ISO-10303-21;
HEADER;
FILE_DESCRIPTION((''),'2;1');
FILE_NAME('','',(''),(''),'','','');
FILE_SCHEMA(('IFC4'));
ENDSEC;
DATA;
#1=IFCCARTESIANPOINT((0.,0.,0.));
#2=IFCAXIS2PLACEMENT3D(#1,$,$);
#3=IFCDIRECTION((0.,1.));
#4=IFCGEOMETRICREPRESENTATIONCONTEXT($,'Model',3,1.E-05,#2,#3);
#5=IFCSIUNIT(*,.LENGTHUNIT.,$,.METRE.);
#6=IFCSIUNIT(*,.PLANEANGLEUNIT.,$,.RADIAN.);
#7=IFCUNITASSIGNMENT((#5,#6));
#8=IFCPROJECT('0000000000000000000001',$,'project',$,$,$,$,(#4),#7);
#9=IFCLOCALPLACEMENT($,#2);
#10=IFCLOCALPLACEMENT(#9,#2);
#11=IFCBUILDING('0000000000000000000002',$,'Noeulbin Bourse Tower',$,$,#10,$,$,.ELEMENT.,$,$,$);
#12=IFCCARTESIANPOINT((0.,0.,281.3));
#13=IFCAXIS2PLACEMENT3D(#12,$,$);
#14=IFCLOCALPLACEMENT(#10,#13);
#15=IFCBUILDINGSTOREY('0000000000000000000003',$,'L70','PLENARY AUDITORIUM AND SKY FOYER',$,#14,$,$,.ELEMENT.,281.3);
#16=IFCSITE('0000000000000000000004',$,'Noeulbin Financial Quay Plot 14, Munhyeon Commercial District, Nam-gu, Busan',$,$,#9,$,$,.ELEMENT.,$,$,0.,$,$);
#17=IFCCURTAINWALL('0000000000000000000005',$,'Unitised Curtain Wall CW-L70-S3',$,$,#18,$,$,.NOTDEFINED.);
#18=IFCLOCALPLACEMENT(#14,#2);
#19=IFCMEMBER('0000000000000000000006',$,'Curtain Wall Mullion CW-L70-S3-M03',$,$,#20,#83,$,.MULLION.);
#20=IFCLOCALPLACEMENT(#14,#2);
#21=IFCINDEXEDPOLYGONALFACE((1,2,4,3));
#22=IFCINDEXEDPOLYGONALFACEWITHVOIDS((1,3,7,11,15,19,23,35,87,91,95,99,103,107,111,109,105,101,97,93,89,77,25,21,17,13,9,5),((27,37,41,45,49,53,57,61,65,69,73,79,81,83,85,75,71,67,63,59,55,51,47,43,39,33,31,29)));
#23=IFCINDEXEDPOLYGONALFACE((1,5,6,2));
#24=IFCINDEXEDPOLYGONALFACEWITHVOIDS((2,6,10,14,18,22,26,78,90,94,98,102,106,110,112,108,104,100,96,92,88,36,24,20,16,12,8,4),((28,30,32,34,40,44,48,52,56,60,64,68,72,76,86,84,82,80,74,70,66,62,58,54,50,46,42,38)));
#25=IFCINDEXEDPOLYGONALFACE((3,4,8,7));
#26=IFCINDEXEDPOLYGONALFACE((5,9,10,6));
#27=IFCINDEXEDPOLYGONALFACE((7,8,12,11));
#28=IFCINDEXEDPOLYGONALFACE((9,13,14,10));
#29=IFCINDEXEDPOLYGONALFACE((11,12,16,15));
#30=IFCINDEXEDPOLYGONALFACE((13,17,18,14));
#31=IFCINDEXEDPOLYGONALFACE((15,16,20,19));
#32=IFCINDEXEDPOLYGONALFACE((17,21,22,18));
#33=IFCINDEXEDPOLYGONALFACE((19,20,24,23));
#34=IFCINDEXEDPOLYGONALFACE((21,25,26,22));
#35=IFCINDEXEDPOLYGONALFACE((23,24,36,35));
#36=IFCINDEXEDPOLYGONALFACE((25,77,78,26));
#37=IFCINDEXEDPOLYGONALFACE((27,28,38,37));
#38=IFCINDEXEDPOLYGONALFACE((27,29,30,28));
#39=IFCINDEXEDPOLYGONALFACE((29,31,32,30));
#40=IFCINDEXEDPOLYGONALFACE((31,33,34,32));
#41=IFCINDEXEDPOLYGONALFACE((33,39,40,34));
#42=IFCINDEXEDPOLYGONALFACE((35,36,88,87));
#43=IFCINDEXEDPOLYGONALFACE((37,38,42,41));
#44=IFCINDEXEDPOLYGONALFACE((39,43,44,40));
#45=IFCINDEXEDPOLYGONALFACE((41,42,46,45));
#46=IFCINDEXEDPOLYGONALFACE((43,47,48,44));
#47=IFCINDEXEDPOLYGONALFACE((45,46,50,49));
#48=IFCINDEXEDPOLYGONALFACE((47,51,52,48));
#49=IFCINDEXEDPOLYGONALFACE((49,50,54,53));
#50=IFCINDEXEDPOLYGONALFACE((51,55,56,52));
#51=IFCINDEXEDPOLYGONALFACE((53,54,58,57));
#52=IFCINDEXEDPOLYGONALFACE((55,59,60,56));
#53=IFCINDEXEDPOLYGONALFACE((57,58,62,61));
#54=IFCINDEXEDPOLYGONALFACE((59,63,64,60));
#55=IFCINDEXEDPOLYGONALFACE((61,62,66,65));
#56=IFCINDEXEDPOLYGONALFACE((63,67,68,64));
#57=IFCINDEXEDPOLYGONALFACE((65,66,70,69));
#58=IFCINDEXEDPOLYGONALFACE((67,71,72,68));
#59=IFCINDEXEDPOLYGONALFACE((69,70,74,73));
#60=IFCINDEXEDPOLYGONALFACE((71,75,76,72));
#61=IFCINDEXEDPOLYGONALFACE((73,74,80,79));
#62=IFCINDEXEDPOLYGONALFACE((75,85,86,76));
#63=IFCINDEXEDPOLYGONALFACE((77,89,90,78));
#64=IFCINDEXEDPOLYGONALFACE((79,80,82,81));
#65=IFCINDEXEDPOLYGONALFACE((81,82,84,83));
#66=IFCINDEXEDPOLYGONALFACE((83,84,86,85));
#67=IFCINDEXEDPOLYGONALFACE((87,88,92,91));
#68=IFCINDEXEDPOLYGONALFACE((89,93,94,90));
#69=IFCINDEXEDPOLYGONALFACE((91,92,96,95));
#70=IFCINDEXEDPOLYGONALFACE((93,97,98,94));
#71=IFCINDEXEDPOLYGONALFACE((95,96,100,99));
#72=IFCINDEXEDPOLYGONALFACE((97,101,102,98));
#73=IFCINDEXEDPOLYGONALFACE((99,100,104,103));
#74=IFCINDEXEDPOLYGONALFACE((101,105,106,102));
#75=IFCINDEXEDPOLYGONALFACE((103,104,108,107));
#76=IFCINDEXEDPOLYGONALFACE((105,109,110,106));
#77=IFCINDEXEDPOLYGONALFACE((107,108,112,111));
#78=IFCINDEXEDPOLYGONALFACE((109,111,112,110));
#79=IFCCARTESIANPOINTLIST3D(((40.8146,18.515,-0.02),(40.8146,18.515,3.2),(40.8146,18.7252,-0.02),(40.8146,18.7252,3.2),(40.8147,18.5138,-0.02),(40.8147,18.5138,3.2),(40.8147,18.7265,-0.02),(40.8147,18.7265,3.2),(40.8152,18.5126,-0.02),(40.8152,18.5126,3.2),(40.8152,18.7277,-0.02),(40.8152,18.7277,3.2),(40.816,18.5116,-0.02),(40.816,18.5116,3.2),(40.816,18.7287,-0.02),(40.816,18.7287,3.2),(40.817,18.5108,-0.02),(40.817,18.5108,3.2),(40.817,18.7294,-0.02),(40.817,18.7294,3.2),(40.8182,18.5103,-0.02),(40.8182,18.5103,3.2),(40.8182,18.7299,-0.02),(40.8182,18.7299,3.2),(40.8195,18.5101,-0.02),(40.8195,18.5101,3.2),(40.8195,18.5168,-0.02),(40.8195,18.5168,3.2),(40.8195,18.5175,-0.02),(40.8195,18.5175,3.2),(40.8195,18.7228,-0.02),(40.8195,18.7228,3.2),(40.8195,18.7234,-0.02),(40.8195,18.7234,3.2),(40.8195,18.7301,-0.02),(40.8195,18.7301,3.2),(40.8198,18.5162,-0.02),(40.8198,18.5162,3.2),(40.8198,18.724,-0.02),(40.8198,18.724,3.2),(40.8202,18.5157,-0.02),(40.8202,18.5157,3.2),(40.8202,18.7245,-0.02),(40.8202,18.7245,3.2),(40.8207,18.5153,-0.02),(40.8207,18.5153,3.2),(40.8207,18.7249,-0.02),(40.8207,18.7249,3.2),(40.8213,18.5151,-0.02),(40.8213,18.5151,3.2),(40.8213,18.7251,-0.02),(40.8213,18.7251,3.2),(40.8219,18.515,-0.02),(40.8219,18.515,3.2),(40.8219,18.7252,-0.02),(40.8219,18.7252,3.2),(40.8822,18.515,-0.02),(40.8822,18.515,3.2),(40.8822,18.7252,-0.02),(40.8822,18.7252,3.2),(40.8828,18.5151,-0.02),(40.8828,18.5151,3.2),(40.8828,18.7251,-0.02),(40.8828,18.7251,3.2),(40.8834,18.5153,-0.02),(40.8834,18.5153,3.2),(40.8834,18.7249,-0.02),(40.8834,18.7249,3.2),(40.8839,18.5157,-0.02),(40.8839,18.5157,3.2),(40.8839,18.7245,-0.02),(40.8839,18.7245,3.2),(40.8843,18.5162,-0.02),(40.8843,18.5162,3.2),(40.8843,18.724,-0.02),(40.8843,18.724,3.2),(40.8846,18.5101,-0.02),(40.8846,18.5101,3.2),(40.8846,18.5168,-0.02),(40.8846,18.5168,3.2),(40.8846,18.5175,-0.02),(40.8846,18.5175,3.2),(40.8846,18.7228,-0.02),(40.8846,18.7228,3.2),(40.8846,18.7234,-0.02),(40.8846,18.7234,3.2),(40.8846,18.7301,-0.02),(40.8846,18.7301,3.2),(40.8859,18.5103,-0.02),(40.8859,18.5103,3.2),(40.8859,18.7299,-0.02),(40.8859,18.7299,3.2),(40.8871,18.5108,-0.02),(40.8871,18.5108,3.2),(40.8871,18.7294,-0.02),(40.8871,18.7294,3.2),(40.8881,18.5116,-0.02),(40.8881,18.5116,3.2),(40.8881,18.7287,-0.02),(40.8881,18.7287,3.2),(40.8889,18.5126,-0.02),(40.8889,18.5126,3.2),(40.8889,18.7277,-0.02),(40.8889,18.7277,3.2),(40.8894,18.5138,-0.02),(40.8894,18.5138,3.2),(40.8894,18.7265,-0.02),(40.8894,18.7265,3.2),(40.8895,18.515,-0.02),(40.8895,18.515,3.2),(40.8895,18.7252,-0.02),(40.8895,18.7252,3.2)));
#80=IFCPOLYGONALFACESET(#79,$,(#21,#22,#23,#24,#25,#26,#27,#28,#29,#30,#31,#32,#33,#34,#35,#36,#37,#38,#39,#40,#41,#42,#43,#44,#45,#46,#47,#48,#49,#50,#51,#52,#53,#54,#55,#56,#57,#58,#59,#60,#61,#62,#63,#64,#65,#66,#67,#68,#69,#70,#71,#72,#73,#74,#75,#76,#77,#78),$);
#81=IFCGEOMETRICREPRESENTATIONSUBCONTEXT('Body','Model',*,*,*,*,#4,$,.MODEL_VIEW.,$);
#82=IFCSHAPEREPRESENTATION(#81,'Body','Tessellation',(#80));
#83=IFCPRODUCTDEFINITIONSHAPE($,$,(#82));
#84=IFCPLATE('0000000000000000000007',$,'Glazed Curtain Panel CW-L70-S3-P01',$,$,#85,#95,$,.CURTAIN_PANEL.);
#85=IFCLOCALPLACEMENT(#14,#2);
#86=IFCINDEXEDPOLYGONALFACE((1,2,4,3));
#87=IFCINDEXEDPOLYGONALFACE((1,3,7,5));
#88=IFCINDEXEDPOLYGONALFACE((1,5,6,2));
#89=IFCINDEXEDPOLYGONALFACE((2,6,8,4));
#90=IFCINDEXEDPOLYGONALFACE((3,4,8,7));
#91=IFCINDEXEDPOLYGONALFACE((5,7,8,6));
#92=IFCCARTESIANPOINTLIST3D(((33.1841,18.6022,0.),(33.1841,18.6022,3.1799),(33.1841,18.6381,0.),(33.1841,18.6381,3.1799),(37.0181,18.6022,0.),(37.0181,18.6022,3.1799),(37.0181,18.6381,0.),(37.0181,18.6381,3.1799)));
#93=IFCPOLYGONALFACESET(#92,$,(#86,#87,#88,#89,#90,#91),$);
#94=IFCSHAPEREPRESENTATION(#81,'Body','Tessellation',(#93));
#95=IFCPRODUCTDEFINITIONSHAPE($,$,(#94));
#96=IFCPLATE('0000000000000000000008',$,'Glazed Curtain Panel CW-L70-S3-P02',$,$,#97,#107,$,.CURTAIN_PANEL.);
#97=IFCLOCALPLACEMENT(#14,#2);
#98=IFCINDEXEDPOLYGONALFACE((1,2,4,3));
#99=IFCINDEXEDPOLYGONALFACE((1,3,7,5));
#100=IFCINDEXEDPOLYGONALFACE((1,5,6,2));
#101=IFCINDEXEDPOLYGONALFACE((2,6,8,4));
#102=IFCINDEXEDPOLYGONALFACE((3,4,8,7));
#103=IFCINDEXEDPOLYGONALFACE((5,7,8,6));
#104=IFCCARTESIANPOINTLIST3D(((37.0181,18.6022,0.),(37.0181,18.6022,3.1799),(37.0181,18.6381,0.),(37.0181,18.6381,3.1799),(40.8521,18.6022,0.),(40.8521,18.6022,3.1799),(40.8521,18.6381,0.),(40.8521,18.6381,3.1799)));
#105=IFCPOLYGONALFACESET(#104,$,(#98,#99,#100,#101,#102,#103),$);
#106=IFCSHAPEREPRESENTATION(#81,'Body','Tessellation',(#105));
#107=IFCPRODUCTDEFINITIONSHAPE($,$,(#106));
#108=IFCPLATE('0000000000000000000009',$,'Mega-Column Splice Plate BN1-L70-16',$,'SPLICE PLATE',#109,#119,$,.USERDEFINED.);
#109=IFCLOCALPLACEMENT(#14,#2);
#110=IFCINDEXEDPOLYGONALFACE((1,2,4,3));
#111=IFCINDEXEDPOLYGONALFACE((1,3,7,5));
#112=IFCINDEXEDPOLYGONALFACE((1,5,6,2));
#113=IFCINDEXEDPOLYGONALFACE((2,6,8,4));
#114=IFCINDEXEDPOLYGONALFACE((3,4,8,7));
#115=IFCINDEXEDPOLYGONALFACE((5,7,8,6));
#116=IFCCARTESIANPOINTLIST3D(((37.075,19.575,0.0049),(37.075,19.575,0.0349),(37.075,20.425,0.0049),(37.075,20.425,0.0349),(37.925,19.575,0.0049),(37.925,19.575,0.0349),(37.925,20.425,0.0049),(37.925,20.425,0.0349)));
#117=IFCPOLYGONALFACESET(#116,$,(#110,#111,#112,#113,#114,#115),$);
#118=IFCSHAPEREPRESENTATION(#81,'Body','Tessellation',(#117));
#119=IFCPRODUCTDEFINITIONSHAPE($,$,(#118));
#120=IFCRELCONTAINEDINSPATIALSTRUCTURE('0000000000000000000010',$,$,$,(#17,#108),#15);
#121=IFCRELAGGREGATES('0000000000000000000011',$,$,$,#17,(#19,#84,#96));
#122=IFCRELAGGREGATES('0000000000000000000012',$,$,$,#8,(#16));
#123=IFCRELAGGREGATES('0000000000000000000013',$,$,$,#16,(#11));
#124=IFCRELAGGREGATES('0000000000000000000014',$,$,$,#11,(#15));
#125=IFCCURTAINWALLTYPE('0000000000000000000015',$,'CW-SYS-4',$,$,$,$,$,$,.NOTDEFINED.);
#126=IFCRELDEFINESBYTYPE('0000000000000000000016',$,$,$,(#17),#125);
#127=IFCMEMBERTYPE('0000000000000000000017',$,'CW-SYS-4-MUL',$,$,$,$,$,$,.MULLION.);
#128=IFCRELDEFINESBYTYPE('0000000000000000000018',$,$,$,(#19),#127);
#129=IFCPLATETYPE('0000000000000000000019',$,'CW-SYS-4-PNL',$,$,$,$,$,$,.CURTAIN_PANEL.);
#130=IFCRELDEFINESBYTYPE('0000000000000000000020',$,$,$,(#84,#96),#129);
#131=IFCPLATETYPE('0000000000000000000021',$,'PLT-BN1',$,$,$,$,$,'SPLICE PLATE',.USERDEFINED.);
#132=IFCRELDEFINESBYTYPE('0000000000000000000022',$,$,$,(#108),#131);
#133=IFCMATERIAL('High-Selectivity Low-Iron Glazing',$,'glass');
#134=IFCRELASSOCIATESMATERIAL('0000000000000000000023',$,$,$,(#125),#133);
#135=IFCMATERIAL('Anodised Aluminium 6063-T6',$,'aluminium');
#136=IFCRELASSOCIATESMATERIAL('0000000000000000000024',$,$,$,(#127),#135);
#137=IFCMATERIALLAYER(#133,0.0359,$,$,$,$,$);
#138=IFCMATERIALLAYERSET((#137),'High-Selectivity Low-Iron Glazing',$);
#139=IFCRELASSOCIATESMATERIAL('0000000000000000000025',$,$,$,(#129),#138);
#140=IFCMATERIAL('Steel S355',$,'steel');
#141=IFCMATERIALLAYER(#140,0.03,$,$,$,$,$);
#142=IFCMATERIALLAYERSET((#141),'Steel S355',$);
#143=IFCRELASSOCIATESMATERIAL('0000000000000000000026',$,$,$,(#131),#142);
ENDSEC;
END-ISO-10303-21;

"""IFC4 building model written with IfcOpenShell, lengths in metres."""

from ifc_helpers import new_model, si_unit, direction, frame, origin, origin_2d, place, context, subcontext, project, spatial, rectangle, hollow_rectangle, extrude, material, layer, layer_set, material_profile, profile_set, type_object, element, aggregate, save


model = new_model("IFC4")

# Units and contexts
model_context = context("Model", 3, precision=1e-05, world=origin(), true_north=direction((0.0, 1.0)))
body_context = subcontext(model_context, "Body", "Model", "MODEL_VIEW")
ifc_project = project(units=[si_unit("LENGTHUNIT", "METRE"), si_unit("PLANEANGLEUNIT", "RADIAN")], contexts=[model_context])

# Site, building, storey
site_placement = place(None, origin())
site = spatial("IfcSite", under=ifc_project, at=site_placement, Name="Noeulbin Financial Quay Plot 14, Munhyeon Commercial District, Nam-gu, Busan", CompositionType="ELEMENT", RefElevation=0.0)
building_placement = place(site_placement, origin())
building = spatial("IfcBuilding", under=site, at=building_placement, Name="Noeulbin Bourse Tower", CompositionType="ELEMENT")
storey_placement = place(building_placement, frame((0.0, 0.0, 281.3)))
storey = spatial("IfcBuildingStorey", under=building, at=storey_placement, Name="L70", Description="PLENARY AUDITORIUM AND SKY FOYER", CompositionType="ELEMENT", Elevation=281.3)

# Shared definitions
ifc_material_1 = material(Name="Steel S355", Category="steel")

# Curtain wall, member, plates
ifc_material_2 = material(Name="High-Selectivity Low-Iron Glazing", Category="glass")
curtain_wall_type = type_object("IfcCurtainWallType", Name="CW-SYS-4", PredefinedType="NOTDEFINED", material=ifc_material_2)
curtain_wall_placement = place(storey_placement, origin())
curtain_wall = element("IfcCurtainWall", 1, at=curtain_wall_placement, inside=storey, type_object=curtain_wall_type, Name="Unitised Curtain Wall CW-L70-S3", PredefinedType="NOTDEFINED")
ifc_material_3 = material(Name="Anodised Aluminium 6063-T6", Category="aluminium")
ifc_material_profile_1 = material_profile(ifc_material_3, hollow_rectangle(XDim=0.075, YDim=0.22, WallThickness=0.0049, InnerFilletRadius=0.0024, OuterFilletRadius=0.0049, at=origin_2d()), Name="ALU-MULL-75x220x5", Category="LoadBearing")
ifc_profile_set_1 = profile_set([ifc_material_profile_1], Name="Anodised Aluminium 6063-T6")
member_type = type_object("IfcMemberType", Name="CW-SYS-4-MUL", PredefinedType="MULLION", material=ifc_profile_set_1)
member_1_placement = place(storey_placement, frame((40.8521, 18.6201, -0.02), z_axis=(0.0, 0.0, 1.0), x_axis=(1.0, 0.0, 0.0)))
member_1 = element("IfcMember", 2, at=member_1_placement, type_object=member_type, Name="Curtain Wall Mullion CW-L70-S3-M03", PredefinedType="MULLION", context=body_context, shape_type="SweptSolid", body=[
    extrude(hollow_rectangle(XDim=0.075, YDim=0.22, WallThickness=0.0049, InnerFilletRadius=0.0024, OuterFilletRadius=0.0049, at=origin_2d()), origin(), (0.0, 0.0, 1.0), 3.22),
])
ifc_layer_1 = layer(ifc_material_2, 0.0359)
ifc_layer_set_1 = layer_set([ifc_layer_1], Name="High-Selectivity Low-Iron Glazing")
plate_type_1 = type_object("IfcPlateType", Name="CW-SYS-4-PNL", PredefinedType="CURTAIN_PANEL", material=ifc_layer_set_1)
plate_1_placement = place(storey_placement, frame((35.1011, 18.6201, 0.0), z_axis=(0.0, 0.0, 1.0), x_axis=(1.0, 0.0, 0.0)))
plate_1 = element("IfcPlate", 3, at=plate_1_placement, type_object=plate_type_1, Name="Glazed Curtain Panel CW-L70-S3-P01", PredefinedType="CURTAIN_PANEL", context=body_context, shape_type="SweptSolid", body=[
    extrude(rectangle(XDim=3.834, YDim=0.0359, at=origin_2d()), origin(), (0.0, 0.0, 1.0), 3.1799),
])
plate_2_placement = place(storey_placement, frame((38.9351, 18.6201, 0.0), z_axis=(0.0, 0.0, 1.0), x_axis=(1.0, 0.0, 0.0)))
plate_2 = element("IfcPlate", 4, at=plate_2_placement, type_object=plate_type_1, Name="Glazed Curtain Panel CW-L70-S3-P02", PredefinedType="CURTAIN_PANEL", context=body_context, shape_type="SweptSolid", body=[
    extrude(rectangle(XDim=3.834, YDim=0.0359, at=origin_2d()), origin(), (0.0, 0.0, 1.0), 3.1799),
])
aggregate(curtain_wall, [member_1, plate_1, plate_2])

# Plate
ifc_layer_2 = layer(ifc_material_1, 0.03)
ifc_layer_set_2 = layer_set([ifc_layer_2], Name="Steel S355")
plate_type_2 = type_object("IfcPlateType", Name="PLT-BN1", ElementType="SPLICE PLATE", PredefinedType="USERDEFINED", material=ifc_layer_set_2)
plate_3_placement = place(storey_placement, frame((37.5, 20.0, 0.0049), z_axis=(0.0, 0.0, 1.0), x_axis=(1.0, 0.0, 0.0)))
element("IfcPlate", 5, at=plate_3_placement, inside=storey, type_object=plate_type_2, Name="Mega-Column Splice Plate BN1-L70-16", ObjectType="SPLICE PLATE", PredefinedType="USERDEFINED", context=body_context, shape_type="SweptSolid", body=[
    extrude(rectangle(XDim=0.8501, YDim=0.8501, at=origin_2d()), origin(), (0.0, 0.0, 1.0), 0.03),
])

save(model, "model.ifc")
